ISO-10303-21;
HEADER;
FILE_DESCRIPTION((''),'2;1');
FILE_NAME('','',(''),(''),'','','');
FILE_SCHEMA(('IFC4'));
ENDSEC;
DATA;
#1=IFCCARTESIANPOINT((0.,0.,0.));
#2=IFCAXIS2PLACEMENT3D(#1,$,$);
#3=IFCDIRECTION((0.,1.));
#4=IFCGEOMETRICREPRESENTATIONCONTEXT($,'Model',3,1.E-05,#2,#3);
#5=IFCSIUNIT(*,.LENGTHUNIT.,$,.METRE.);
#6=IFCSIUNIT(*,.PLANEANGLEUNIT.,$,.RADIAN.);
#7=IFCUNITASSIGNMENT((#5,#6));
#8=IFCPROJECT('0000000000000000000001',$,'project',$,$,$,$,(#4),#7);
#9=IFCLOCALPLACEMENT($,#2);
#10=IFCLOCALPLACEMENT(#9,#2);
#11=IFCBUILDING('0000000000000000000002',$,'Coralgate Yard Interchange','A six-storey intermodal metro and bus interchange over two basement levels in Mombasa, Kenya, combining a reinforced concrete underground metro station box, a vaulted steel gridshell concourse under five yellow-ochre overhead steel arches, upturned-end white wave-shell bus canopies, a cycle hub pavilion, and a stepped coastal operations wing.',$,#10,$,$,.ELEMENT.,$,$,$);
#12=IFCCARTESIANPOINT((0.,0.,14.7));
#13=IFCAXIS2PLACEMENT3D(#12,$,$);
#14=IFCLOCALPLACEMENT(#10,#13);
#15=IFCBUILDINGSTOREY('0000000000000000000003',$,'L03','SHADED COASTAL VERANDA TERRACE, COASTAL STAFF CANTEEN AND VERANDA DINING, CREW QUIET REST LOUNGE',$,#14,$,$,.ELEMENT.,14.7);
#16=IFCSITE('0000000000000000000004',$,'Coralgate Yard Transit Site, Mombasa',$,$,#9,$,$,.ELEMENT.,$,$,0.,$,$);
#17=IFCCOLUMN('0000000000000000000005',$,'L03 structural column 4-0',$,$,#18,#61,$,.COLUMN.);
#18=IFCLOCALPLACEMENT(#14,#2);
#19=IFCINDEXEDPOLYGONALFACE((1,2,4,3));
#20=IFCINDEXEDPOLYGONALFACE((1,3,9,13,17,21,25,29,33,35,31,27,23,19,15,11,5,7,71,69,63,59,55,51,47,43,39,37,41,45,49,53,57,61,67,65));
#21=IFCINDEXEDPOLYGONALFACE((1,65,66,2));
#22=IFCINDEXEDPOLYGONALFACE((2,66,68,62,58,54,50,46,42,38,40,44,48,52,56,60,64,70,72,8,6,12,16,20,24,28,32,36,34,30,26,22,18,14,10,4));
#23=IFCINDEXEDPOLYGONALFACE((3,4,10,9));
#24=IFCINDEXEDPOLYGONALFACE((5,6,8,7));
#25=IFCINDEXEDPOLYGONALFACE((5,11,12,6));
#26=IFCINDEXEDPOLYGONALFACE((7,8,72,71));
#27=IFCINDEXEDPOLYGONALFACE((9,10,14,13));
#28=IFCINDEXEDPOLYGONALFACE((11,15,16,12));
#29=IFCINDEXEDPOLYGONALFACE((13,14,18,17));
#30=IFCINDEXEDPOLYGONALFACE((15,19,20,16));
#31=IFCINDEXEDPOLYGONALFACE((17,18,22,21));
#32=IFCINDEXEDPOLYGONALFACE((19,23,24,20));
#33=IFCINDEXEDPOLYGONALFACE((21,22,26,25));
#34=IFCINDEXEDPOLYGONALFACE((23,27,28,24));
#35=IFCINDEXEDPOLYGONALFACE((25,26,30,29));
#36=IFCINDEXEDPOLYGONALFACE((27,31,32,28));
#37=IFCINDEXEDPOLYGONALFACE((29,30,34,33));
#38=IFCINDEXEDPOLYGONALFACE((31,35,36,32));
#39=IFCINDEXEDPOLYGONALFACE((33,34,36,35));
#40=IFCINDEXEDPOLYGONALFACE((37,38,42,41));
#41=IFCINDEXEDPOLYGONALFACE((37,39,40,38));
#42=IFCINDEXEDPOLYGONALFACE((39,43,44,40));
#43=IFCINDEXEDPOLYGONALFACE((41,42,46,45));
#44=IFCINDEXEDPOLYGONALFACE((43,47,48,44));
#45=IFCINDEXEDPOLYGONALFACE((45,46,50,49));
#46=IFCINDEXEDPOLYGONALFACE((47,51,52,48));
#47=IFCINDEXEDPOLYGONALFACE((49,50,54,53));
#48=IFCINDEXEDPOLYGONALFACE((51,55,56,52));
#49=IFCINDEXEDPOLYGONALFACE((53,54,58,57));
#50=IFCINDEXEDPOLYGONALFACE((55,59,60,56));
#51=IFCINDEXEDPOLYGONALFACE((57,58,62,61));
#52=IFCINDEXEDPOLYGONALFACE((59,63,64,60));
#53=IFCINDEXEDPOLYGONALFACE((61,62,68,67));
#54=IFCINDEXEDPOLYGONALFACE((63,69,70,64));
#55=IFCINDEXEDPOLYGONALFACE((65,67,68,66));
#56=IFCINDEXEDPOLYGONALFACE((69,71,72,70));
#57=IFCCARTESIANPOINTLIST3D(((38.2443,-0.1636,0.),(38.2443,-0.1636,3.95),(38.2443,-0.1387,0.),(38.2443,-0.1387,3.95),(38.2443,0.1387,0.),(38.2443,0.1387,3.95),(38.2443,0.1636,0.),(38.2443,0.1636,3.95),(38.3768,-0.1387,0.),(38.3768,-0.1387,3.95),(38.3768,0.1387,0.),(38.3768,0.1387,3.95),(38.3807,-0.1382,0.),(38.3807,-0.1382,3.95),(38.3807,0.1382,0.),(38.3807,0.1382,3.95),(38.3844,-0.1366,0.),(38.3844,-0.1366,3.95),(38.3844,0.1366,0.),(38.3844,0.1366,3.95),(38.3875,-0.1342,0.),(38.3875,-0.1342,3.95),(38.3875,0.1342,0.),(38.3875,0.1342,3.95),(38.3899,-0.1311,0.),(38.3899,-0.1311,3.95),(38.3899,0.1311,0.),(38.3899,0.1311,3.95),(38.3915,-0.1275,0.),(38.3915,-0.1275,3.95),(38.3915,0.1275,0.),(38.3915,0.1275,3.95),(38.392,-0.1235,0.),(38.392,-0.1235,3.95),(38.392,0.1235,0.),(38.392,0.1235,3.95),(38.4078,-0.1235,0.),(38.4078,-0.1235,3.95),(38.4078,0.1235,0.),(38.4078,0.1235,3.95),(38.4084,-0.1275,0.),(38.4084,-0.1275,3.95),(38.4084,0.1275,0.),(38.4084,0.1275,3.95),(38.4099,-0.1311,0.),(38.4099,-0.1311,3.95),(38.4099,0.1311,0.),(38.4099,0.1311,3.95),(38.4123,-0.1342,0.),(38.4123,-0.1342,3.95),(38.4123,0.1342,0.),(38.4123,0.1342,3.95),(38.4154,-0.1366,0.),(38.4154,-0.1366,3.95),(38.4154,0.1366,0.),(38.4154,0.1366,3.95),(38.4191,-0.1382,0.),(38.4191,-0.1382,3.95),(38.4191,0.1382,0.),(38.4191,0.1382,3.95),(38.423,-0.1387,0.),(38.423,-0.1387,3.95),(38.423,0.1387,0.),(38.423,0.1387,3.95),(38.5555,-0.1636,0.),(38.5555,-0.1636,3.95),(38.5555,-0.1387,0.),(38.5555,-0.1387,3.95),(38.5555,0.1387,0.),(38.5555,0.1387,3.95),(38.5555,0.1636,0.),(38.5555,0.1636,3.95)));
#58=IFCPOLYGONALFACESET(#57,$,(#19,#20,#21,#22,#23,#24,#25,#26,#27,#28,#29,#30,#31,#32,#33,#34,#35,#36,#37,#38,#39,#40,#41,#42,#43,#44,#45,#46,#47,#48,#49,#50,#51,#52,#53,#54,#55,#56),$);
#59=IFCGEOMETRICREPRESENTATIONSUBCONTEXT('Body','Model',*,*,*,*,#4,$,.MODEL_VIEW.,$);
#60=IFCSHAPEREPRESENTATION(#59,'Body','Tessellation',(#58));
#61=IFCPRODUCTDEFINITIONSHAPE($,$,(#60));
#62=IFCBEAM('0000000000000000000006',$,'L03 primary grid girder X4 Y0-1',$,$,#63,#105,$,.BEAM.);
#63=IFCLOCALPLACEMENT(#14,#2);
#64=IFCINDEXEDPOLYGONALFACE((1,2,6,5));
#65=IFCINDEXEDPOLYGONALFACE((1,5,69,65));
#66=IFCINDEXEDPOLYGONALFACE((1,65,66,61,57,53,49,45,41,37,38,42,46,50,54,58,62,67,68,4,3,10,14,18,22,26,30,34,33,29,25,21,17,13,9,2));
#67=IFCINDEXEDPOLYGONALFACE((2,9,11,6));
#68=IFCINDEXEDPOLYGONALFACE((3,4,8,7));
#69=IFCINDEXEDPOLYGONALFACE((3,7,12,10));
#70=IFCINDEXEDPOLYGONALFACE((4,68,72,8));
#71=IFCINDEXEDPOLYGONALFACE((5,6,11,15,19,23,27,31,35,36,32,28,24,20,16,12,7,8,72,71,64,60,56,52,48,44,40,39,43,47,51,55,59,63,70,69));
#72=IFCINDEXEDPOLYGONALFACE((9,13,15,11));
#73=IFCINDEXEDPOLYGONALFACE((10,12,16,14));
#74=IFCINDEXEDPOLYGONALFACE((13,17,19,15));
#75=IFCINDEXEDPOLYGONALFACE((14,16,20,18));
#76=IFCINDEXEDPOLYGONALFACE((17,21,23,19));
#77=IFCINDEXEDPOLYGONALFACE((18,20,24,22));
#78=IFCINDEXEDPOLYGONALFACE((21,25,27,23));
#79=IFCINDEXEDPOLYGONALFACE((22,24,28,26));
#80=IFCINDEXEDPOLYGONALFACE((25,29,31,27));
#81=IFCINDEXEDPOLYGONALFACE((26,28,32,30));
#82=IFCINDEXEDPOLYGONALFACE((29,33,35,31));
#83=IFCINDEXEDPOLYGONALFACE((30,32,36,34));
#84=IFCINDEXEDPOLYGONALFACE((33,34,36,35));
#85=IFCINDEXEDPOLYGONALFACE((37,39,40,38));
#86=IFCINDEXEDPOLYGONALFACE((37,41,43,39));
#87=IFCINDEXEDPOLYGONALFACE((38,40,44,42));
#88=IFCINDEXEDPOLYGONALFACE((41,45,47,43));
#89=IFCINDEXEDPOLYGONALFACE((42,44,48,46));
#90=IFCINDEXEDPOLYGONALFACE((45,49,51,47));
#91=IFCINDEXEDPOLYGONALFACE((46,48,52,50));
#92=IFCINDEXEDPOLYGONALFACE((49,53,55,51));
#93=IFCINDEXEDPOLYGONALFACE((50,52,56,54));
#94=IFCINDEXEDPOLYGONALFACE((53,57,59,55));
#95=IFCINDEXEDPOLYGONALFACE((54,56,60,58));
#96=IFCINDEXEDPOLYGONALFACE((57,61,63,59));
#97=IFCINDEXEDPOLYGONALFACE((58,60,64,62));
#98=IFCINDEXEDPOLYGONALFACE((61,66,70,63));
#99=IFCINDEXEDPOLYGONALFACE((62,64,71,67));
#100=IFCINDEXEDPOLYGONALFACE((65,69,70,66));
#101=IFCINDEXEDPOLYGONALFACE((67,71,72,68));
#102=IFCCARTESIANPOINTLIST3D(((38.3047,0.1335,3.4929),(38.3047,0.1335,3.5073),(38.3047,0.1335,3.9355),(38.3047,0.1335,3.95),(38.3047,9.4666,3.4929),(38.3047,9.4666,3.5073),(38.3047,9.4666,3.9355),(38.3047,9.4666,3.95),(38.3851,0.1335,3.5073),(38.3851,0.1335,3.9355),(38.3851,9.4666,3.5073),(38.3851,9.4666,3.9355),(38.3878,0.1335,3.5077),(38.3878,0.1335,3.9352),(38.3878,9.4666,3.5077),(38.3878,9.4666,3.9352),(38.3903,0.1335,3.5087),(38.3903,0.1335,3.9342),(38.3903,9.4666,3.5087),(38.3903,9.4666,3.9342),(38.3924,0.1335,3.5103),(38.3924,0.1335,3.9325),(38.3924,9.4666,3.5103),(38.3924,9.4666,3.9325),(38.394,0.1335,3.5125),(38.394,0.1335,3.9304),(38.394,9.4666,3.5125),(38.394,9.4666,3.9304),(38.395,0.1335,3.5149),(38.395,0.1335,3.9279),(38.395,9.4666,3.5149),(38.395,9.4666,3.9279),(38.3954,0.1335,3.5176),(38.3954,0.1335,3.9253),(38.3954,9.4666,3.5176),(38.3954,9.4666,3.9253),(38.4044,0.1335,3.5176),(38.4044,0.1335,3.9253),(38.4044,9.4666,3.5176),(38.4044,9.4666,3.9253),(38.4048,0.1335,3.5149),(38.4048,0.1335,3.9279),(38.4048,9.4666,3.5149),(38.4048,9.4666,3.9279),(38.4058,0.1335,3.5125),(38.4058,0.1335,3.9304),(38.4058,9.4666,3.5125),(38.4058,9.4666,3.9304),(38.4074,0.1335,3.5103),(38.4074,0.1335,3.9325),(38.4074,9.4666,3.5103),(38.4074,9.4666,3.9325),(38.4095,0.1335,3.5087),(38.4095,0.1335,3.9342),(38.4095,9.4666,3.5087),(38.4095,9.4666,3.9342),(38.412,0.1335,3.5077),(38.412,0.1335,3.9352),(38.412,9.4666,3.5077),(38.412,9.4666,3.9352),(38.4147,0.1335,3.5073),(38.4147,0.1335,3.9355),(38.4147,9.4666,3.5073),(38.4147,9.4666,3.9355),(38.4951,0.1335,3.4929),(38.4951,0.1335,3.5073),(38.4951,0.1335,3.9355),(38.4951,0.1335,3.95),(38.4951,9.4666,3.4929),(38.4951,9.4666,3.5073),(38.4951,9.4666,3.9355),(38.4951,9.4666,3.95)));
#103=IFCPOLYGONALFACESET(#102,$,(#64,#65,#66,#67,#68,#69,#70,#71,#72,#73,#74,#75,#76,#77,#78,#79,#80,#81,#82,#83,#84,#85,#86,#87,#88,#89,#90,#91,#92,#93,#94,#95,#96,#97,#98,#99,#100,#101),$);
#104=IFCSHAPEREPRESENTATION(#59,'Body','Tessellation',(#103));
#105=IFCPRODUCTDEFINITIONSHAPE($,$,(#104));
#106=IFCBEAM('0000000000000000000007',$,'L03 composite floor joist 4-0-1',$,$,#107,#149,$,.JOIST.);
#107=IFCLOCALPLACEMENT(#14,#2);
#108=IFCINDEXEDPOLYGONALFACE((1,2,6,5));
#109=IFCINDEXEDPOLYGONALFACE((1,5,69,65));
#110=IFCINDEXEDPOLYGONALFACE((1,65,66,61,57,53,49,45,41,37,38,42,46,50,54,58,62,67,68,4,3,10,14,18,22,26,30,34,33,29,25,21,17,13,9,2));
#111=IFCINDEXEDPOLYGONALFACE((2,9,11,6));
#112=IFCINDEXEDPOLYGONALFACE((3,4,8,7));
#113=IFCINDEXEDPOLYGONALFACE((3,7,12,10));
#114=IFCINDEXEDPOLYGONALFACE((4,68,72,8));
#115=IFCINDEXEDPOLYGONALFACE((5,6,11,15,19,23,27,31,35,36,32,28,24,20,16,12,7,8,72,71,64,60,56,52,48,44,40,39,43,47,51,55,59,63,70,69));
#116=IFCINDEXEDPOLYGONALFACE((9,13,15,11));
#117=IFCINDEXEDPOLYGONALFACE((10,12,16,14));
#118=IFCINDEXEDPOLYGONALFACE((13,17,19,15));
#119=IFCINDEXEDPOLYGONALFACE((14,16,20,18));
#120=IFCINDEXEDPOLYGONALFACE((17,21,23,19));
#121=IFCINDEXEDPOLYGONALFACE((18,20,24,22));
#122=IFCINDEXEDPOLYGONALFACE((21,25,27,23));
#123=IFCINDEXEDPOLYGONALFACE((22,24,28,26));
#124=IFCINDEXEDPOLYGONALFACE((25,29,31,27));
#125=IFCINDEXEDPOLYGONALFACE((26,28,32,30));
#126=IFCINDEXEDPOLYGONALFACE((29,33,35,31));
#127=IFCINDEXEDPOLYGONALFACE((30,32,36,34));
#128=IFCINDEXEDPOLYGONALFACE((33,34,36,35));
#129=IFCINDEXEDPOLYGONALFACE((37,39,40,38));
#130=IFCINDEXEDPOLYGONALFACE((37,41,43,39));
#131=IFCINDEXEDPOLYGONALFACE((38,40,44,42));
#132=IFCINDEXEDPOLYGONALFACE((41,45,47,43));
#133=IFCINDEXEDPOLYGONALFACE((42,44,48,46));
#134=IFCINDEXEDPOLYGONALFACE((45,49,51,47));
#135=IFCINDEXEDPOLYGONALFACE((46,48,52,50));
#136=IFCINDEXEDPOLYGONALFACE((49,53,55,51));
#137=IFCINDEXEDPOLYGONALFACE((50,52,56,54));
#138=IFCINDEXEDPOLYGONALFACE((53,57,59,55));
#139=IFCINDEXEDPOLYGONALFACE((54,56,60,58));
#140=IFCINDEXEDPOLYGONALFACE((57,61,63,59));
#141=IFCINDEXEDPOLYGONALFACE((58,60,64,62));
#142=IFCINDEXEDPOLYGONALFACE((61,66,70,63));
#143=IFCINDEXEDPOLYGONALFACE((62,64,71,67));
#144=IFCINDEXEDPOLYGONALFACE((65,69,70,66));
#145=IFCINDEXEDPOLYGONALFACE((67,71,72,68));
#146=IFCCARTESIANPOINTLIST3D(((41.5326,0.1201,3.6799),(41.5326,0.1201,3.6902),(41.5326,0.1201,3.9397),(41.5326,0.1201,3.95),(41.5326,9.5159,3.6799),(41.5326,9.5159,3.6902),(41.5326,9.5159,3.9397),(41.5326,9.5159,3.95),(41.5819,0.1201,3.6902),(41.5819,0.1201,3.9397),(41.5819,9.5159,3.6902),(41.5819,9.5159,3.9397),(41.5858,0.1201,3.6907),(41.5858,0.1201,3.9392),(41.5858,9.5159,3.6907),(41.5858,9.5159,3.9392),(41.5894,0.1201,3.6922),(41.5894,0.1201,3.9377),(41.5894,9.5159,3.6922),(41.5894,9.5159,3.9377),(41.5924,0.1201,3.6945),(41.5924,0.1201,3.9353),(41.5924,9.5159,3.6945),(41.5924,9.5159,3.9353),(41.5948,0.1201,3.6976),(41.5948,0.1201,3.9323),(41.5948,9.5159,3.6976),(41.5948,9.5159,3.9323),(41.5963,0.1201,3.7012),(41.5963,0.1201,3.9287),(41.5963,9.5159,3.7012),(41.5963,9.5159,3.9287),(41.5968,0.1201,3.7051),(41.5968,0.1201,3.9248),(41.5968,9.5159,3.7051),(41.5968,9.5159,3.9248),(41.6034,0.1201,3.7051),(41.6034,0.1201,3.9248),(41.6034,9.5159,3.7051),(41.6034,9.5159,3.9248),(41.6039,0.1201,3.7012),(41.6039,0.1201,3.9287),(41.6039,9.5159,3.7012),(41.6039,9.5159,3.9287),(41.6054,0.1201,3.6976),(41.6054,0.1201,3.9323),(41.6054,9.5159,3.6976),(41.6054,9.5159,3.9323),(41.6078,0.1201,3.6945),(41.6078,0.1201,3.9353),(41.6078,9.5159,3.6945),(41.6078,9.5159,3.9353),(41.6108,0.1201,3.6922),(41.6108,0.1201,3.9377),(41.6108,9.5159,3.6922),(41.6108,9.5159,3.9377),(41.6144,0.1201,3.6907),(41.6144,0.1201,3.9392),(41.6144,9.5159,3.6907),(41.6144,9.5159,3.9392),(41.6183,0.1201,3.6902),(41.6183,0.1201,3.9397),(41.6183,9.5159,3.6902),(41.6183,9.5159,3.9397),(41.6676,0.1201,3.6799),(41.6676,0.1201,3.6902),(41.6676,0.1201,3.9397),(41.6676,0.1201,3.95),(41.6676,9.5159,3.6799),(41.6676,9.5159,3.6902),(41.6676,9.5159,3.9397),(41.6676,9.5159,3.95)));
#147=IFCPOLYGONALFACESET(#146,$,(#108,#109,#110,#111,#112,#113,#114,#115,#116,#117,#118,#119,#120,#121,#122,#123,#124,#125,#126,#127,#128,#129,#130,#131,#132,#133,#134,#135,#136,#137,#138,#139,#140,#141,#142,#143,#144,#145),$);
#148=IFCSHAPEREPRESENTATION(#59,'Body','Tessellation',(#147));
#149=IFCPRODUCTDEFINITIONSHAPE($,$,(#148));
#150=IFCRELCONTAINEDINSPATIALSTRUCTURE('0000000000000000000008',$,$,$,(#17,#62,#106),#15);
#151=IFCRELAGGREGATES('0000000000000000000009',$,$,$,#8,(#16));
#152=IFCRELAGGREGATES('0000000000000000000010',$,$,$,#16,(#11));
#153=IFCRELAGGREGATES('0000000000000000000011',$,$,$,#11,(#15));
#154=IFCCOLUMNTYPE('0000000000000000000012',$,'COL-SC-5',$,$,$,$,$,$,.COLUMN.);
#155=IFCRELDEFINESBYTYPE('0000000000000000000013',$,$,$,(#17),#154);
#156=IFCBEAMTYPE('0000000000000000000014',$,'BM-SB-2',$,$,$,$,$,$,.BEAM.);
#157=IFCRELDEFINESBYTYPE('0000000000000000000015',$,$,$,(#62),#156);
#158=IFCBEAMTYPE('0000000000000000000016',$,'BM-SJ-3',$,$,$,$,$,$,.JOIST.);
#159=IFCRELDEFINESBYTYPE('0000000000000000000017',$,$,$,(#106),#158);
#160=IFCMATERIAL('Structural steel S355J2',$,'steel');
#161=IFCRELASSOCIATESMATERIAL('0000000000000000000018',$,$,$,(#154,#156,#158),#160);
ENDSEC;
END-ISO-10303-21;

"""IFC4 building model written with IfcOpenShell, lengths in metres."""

from ifc_helpers import new_model, si_unit, direction, frame, origin, origin_2d, place, context, subcontext, project, spatial, i_section, extrude, material, material_profile, profile_set, type_object, element, save


model = new_model("IFC4")

# Units and contexts
model_context = context("Model", 3, precision=1e-05, world=origin(), true_north=direction((0.0, 1.0)))
body_context = subcontext(model_context, "Body", "Model", "MODEL_VIEW")
ifc_project = project(units=[si_unit("LENGTHUNIT", "METRE"), si_unit("PLANEANGLEUNIT", "RADIAN")], contexts=[model_context])

# Site, building, storey
site_placement = place(None, origin())
site = spatial("IfcSite", under=ifc_project, at=site_placement, Name="Coralgate Yard Transit Site, Mombasa", CompositionType="ELEMENT", RefElevation=0.0)
building_placement = place(site_placement, origin())
building = spatial("IfcBuilding", under=site, at=building_placement, Name="Coralgate Yard Interchange", Description="A six-storey intermodal metro and bus interchange over two basement levels in Mombasa, Kenya, combining a reinforced concrete underground metro station box, a vaulted steel gridshell concourse under five yellow-ochre overhead steel arches, upturned-end white wave-shell bus canopies, a cycle hub pavilion, and a stepped coastal operations wing.", CompositionType="ELEMENT")
storey_placement = place(building_placement, frame((0.0, 0.0, 14.7)))
storey = spatial("IfcBuildingStorey", under=building, at=storey_placement, Name="L03", Description="SHADED COASTAL VERANDA TERRACE, COASTAL STAFF CANTEEN AND VERANDA DINING, CREW QUIET REST LOUNGE", CompositionType="ELEMENT", Elevation=14.7)

# Column
ifc_material_1 = material(Name="Structural steel S355J2", Category="steel")
ifc_material_profile_1 = material_profile(ifc_material_1, i_section(OverallWidth=0.3113, OverallDepth=0.3271, WebThickness=0.0159, FlangeThickness=0.0249, FilletRadius=0.0151, at=origin_2d()), Name="UC 305x305x158")
ifc_profile_set_1 = profile_set([ifc_material_profile_1], Name="Structural steel S355J2")
column_type = type_object("IfcColumnType", Name="COL-SC-5", PredefinedType="COLUMN", material=ifc_profile_set_1)
column_placement = place(storey_placement, frame((38.3999, 0.0, 0.0), z_axis=(0.0, 0.0, 1.0), x_axis=(1.0, 0.0, 0.0)))
element("IfcColumn", 1, at=column_placement, inside=storey, type_object=column_type, Name="L03 structural column 4-0", PredefinedType="COLUMN", context=body_context, shape_type="SweptSolid", body=[
    extrude(i_section(OverallWidth=0.3113, OverallDepth=0.3271, WebThickness=0.0159, FlangeThickness=0.0249, FilletRadius=0.0151, at=origin_2d()), origin(), (0.0, 0.0, 1.0), 3.95),
])

# Beams
ifc_material_profile_2 = material_profile(ifc_material_1, i_section(OverallWidth=0.1904, OverallDepth=0.457, WebThickness=0.009, FlangeThickness=0.0144, FilletRadius=0.0103, at=origin_2d()), Name="UB 457x191x74")
ifc_profile_set_2 = profile_set([ifc_material_profile_2], Name="Structural steel S355J2")
beam_type_1 = type_object("IfcBeamType", Name="BM-SB-2", PredefinedType="BEAM", material=ifc_profile_set_2)
beam_1_placement = place(storey_placement, frame((38.3999, 0.1335, 3.7214), z_axis=(0.0, 1.0, 0.0), x_axis=(-1.0, 0.0, 0.0)))
element("IfcBeam", 2, at=beam_1_placement, inside=storey, type_object=beam_type_1, Name="L03 primary grid girder X4 Y0-1", PredefinedType="BEAM", context=body_context, shape_type="SweptSolid", body=[
    extrude(i_section(OverallWidth=0.1904, OverallDepth=0.457, WebThickness=0.009, FlangeThickness=0.0144, FilletRadius=0.0103, at=origin_2d()), origin(), (0.0, 0.0, 1.0), 9.333),
])
ifc_material_profile_3 = material_profile(ifc_material_1, i_section(OverallWidth=0.135, OverallDepth=0.27, WebThickness=0.0066, FlangeThickness=0.0103, FilletRadius=0.0149, at=origin_2d()), Name="IPE 270")
ifc_profile_set_3 = profile_set([ifc_material_profile_3], Name="Structural steel S355J2")
beam_type_2 = type_object("IfcBeamType", Name="BM-SJ-3", PredefinedType="JOIST", material=ifc_profile_set_3)
beam_2_placement = place(storey_placement, frame((41.6001, 0.1201, 3.8149), z_axis=(0.0, 1.0, 0.0), x_axis=(-1.0, 0.0, 0.0)))
element("IfcBeam", 3, at=beam_2_placement, inside=storey, type_object=beam_type_2, Name="L03 composite floor joist 4-0-1", PredefinedType="JOIST", context=body_context, shape_type="SweptSolid", body=[
    extrude(i_section(OverallWidth=0.135, OverallDepth=0.27, WebThickness=0.0066, FlangeThickness=0.0103, FilletRadius=0.0149, at=origin_2d()), origin(), (0.0, 0.0, 1.0), 9.3958),
])

save(model, "model.ifc")
